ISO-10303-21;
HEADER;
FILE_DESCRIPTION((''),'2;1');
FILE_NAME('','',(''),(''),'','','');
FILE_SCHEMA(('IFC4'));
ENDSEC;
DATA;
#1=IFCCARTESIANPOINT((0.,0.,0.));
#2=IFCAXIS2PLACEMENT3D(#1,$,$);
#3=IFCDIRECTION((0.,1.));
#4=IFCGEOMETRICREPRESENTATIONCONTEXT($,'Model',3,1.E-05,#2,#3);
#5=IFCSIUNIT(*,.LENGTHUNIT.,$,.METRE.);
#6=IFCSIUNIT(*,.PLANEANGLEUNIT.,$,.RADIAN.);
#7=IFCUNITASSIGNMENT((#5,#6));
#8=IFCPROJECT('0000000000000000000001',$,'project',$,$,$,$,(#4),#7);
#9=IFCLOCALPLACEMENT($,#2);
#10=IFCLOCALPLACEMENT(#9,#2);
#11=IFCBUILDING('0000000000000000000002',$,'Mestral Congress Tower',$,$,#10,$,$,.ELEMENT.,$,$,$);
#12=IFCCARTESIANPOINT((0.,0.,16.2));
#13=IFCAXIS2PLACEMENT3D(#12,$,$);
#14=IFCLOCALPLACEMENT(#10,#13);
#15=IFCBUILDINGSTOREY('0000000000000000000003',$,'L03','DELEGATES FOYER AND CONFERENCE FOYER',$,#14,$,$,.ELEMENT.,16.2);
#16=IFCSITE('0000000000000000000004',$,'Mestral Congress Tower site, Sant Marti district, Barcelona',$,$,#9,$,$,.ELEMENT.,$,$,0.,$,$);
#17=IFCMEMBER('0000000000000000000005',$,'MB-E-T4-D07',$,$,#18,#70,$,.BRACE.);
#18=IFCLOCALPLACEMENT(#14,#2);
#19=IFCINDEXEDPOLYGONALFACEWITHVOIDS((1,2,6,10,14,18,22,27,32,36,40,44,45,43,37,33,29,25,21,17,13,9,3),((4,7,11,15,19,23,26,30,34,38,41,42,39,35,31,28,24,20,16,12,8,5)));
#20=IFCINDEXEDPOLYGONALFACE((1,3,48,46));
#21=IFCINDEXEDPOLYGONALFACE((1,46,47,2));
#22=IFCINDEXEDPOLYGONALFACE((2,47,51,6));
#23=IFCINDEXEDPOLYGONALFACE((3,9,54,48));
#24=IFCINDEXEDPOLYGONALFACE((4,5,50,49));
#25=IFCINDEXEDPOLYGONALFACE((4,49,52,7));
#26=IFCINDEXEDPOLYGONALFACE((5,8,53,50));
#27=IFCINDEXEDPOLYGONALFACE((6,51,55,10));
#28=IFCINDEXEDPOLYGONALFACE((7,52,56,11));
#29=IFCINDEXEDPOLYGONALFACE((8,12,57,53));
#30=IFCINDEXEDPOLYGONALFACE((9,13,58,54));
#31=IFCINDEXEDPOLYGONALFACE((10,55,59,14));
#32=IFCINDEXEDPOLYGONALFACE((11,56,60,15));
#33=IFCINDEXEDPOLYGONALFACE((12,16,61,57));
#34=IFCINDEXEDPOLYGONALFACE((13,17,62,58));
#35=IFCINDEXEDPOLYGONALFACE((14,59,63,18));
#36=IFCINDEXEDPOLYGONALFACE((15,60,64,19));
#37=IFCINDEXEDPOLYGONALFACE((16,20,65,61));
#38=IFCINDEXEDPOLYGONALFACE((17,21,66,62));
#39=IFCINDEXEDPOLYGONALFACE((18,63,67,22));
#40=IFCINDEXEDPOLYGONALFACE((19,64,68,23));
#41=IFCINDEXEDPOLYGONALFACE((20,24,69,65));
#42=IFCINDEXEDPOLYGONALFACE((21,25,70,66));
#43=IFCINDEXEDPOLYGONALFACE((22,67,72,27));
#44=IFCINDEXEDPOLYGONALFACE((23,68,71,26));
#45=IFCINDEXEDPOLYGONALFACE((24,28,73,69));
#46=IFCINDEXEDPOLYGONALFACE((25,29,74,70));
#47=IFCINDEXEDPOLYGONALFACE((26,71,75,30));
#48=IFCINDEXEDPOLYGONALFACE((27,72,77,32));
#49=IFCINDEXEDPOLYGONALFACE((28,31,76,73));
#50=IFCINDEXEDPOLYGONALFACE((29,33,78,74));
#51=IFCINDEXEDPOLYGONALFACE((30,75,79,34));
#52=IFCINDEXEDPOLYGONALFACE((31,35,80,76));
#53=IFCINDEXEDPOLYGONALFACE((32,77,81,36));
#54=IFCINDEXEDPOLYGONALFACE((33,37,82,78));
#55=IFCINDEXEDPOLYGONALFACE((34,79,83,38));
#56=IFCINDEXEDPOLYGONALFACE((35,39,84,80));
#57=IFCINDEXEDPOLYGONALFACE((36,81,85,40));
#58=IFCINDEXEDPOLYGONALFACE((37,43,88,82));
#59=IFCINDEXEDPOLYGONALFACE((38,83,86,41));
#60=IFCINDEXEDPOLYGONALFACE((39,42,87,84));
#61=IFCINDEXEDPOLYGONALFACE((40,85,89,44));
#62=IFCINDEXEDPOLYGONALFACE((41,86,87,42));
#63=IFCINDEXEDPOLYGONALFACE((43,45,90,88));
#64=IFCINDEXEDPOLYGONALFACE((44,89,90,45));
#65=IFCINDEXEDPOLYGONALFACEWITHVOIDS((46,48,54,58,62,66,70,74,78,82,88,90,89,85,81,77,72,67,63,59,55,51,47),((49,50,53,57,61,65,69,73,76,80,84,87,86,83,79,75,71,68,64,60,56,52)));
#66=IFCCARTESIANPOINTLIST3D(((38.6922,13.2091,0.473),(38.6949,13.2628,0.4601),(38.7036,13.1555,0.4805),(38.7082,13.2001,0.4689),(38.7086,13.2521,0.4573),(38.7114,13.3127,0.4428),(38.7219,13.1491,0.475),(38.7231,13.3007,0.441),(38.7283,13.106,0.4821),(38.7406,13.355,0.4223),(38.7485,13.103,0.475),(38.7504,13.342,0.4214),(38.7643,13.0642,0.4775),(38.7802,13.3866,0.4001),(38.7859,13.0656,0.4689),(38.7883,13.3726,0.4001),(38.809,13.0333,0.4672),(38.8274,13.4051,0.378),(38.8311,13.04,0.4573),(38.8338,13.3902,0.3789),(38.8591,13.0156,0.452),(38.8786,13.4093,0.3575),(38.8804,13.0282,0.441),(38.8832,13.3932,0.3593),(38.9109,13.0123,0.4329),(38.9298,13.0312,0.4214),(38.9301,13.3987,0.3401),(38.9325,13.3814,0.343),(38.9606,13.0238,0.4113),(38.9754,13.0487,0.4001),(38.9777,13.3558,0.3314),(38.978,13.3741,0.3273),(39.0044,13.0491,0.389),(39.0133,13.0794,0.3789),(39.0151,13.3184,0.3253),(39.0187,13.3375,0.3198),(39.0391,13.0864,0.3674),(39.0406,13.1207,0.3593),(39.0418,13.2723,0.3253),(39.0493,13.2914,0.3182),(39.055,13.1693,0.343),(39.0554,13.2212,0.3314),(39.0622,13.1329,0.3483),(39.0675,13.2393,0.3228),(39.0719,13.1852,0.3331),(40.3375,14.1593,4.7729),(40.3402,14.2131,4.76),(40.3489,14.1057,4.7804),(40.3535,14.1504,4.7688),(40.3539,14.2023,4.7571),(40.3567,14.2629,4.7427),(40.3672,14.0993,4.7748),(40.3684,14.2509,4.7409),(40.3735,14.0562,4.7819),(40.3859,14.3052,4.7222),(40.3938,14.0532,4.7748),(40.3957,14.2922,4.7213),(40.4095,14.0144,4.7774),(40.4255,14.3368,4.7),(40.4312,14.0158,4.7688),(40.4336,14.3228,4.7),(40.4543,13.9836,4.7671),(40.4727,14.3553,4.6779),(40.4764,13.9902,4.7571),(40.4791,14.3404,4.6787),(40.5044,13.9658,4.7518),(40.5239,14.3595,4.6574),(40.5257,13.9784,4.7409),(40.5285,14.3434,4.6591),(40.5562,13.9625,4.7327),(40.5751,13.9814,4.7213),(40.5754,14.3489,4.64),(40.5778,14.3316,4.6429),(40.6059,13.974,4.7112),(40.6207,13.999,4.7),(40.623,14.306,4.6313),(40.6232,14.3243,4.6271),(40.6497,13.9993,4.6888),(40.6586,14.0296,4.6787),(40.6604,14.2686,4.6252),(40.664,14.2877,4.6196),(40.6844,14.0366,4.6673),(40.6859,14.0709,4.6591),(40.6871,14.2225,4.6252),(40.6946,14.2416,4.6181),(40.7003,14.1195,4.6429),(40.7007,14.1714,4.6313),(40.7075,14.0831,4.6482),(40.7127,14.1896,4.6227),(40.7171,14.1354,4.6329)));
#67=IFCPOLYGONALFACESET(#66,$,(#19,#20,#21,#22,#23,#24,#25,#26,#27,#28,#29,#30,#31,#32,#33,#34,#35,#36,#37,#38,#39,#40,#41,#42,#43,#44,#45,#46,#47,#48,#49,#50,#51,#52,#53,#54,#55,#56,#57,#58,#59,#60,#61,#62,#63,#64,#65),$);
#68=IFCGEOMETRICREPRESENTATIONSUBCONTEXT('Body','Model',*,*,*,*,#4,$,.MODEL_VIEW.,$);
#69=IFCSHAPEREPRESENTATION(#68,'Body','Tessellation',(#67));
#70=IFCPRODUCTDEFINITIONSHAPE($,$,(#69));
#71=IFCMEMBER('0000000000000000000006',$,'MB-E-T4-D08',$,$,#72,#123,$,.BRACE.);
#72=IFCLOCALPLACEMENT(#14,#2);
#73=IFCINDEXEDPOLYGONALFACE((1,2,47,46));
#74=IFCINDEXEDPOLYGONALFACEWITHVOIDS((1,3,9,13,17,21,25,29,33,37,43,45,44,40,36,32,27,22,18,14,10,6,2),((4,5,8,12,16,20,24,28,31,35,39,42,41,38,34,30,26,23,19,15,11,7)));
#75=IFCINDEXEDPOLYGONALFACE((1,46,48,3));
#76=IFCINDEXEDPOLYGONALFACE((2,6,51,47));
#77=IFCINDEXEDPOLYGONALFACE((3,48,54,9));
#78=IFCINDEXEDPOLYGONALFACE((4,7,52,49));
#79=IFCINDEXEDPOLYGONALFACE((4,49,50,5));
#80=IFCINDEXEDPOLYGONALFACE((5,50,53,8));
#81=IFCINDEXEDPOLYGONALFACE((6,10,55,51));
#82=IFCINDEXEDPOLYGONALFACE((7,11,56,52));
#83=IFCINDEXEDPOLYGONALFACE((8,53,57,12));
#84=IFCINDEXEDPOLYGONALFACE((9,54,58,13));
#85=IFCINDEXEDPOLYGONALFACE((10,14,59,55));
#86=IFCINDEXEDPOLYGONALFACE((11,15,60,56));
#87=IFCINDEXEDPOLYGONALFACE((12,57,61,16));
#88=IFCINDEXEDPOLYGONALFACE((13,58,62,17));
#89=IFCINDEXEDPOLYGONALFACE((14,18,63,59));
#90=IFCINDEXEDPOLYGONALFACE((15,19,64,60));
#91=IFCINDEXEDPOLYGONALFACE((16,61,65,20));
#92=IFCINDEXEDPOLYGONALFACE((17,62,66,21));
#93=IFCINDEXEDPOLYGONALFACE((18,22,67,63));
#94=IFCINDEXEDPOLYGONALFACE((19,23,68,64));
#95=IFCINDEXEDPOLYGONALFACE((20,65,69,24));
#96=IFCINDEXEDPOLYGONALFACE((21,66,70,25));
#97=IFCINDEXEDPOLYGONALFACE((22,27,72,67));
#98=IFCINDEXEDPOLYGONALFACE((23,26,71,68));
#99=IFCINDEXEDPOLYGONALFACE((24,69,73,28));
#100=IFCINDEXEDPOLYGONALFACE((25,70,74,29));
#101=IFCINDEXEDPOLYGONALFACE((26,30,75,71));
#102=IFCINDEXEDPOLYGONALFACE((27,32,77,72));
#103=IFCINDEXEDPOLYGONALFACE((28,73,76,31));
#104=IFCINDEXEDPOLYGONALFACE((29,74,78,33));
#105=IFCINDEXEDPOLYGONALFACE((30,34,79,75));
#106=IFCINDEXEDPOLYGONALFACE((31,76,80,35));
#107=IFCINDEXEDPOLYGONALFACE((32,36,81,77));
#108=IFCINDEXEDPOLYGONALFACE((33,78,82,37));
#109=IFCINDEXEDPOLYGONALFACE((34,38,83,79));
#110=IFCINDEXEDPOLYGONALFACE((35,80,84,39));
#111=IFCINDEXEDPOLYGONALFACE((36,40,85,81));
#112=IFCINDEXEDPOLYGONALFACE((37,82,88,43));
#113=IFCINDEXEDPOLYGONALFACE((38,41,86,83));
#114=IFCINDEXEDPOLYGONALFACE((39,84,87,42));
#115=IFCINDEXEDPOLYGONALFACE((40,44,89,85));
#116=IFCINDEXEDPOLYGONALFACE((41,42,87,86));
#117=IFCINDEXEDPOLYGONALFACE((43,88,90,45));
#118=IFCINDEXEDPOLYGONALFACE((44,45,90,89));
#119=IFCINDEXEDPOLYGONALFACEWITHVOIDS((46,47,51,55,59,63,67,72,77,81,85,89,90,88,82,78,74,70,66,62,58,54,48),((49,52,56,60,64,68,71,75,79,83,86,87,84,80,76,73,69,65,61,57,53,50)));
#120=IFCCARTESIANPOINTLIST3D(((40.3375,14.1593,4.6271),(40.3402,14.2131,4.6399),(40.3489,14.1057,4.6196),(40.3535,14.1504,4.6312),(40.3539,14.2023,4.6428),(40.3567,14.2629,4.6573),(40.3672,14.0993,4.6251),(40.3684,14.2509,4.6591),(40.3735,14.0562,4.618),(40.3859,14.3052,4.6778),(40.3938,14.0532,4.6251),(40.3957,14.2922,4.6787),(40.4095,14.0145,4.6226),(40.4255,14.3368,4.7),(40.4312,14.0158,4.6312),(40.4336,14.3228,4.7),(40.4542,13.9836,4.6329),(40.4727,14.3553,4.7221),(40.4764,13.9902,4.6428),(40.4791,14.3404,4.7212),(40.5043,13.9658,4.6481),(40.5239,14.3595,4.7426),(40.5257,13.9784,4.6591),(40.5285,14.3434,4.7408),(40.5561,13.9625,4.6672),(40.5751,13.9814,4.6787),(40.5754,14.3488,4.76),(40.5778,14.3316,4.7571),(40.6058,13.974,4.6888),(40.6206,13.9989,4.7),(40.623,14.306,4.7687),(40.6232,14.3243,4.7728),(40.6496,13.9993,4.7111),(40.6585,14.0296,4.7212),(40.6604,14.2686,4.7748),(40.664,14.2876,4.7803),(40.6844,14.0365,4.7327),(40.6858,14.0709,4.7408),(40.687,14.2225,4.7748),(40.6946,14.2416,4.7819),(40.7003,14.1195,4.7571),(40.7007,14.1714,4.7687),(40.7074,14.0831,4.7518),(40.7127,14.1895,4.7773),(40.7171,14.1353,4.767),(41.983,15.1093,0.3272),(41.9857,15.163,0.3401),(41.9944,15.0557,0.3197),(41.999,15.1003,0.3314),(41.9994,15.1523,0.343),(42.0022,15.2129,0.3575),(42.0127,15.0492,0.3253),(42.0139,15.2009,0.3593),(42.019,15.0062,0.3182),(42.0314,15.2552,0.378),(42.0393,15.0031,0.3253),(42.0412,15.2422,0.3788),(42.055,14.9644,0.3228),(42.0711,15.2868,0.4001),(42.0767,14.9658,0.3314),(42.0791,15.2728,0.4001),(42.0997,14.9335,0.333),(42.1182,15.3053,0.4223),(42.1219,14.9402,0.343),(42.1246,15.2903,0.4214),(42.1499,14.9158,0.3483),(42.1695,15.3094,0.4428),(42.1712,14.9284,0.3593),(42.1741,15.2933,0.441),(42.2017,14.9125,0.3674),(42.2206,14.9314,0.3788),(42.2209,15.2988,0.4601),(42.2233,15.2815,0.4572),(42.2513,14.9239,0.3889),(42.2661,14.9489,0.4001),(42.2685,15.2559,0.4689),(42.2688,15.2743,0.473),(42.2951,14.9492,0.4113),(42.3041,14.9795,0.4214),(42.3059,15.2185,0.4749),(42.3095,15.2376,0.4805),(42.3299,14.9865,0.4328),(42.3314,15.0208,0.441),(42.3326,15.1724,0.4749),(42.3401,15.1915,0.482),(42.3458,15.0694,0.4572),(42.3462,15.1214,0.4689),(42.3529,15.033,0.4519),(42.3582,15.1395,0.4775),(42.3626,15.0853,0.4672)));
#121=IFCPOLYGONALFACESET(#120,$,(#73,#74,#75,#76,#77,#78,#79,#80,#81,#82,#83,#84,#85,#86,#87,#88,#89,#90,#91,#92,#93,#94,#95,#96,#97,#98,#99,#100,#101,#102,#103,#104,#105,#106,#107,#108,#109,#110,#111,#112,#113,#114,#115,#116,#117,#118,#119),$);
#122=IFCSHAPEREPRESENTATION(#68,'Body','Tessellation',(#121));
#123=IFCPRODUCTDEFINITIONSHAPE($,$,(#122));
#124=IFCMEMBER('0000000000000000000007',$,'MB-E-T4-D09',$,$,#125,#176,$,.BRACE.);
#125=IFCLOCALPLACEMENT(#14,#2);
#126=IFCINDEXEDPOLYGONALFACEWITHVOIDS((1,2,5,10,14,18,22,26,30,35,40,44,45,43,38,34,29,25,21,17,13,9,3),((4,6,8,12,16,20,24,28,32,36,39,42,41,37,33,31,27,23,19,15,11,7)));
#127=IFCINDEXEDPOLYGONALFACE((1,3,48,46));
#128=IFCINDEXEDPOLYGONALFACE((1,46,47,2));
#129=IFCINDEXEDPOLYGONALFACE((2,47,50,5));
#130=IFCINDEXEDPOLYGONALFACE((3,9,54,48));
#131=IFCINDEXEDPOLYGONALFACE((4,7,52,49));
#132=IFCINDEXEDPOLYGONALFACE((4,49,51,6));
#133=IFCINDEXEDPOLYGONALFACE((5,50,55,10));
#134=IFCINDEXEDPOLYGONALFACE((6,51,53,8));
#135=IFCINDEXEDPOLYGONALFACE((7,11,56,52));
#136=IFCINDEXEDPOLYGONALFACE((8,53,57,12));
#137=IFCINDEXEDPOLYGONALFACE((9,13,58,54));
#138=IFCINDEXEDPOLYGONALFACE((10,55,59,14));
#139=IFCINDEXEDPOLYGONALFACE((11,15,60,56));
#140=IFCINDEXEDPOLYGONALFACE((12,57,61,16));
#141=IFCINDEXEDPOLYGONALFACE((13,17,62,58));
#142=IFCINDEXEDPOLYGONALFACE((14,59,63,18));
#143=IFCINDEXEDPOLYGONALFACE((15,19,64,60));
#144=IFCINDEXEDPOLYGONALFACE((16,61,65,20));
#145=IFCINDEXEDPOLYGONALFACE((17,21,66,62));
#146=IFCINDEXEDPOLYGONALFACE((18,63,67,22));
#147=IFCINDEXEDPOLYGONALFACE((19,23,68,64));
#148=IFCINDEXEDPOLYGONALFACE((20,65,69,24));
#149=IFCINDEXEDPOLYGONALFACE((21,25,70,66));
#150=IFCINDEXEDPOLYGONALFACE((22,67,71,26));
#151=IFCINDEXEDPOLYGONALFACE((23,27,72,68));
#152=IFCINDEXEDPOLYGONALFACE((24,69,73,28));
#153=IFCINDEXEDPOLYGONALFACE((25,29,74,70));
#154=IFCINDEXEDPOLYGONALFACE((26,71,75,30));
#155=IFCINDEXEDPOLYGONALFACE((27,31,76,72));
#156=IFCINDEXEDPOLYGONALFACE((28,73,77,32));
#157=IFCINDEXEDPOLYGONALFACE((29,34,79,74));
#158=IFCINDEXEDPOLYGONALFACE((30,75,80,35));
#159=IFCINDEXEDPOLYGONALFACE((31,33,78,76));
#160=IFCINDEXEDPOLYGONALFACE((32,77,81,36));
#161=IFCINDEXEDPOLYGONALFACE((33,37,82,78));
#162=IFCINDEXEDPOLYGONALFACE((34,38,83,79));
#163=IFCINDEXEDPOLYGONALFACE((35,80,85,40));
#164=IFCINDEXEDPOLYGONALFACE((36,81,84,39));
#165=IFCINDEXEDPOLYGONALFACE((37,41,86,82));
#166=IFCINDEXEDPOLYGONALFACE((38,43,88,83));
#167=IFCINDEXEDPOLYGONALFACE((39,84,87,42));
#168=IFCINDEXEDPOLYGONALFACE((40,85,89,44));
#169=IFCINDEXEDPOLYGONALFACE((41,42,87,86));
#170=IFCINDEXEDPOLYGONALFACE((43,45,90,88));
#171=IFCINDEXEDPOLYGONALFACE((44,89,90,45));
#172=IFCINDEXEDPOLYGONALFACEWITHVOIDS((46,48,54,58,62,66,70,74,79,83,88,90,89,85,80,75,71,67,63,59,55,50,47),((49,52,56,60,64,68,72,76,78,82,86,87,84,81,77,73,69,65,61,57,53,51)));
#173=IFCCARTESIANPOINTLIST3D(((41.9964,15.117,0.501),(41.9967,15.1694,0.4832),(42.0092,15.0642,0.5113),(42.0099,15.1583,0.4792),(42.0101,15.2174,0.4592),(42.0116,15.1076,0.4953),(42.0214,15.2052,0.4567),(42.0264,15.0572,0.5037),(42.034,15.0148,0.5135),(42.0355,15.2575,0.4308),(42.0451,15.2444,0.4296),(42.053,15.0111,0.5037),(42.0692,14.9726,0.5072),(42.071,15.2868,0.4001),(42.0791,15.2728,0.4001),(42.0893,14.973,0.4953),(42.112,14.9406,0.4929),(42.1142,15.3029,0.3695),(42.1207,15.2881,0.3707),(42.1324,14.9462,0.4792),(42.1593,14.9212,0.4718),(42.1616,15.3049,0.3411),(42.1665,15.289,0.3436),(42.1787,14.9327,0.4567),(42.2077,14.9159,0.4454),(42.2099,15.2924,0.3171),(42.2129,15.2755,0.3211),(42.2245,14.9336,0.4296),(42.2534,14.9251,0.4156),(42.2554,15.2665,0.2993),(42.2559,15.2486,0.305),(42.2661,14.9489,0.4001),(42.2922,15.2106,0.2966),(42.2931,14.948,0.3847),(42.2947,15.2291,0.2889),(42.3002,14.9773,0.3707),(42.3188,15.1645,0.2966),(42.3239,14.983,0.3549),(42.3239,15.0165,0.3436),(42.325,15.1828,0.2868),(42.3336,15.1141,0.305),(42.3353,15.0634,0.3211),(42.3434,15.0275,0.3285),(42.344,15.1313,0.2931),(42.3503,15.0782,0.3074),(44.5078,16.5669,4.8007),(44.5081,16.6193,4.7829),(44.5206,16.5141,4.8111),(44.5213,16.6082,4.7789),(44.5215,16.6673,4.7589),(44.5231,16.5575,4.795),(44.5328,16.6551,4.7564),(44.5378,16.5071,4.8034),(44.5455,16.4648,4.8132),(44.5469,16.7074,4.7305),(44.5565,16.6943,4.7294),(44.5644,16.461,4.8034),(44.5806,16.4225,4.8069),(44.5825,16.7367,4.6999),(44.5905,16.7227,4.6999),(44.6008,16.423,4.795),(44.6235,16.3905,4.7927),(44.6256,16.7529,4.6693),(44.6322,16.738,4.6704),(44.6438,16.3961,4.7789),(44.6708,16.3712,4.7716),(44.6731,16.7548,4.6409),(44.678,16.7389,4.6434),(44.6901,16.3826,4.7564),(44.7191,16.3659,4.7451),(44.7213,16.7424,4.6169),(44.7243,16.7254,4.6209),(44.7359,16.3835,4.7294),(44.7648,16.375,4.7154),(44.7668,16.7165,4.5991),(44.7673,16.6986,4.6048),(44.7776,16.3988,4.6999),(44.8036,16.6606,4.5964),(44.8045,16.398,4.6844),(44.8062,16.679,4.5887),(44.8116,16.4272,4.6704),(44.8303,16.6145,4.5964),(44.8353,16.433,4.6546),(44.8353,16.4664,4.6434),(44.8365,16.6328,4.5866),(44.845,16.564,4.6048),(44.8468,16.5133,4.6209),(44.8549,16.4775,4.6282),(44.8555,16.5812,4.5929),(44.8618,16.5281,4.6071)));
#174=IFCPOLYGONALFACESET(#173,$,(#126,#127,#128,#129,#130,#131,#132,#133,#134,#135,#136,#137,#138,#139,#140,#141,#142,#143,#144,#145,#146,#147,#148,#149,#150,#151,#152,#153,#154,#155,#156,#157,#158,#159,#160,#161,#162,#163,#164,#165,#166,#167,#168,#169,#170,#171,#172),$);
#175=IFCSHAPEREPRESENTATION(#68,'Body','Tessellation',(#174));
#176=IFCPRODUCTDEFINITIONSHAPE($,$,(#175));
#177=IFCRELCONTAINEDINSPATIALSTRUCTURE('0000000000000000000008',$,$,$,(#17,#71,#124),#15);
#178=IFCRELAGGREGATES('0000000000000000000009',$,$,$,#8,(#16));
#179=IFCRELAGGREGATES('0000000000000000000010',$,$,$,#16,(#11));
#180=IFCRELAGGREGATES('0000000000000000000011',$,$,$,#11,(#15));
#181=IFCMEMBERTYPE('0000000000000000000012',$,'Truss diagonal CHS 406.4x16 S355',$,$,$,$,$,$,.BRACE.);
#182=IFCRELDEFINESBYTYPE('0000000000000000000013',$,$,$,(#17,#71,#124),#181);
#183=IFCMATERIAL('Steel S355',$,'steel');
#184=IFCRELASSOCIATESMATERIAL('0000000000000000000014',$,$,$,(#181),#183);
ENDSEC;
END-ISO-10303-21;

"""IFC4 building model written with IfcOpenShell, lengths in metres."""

from ifc_helpers import new_model, si_unit, direction, frame, origin, origin_2d, place, context, subcontext, project, spatial, hollow_circle, extrude, material, material_profile, profile_set, type_object, element, save


model = new_model("IFC4")

# Units and contexts
model_context = context("Model", 3, precision=1e-05, world=origin(), true_north=direction((0.0, 1.0)))
body_context = subcontext(model_context, "Body", "Model", "MODEL_VIEW")
ifc_project = project(units=[si_unit("LENGTHUNIT", "METRE"), si_unit("PLANEANGLEUNIT", "RADIAN")], contexts=[model_context])

# Site, building, storey
site_placement = place(None, origin())
site = spatial("IfcSite", under=ifc_project, at=site_placement, Name="Mestral Congress Tower site, Sant Marti district, Barcelona", CompositionType="ELEMENT", RefElevation=0.0)
building_placement = place(site_placement, origin())
building = spatial("IfcBuilding", under=site, at=building_placement, Name="Mestral Congress Tower", CompositionType="ELEMENT")
storey_placement = place(building_placement, frame((0.0, 0.0, 16.2)))
storey = spatial("IfcBuildingStorey", under=building, at=storey_placement, Name="L03", Description="DELEGATES FOYER AND CONFERENCE FOYER", CompositionType="ELEMENT", Elevation=16.2)

# Members
ifc_material = material(Name="Steel S355", Category="steel")
ifc_material_profile_1 = material_profile(ifc_material, hollow_circle(Radius=0.2031, WallThickness=0.0161, at=origin_2d()), Name="CHS 406.4x16")
ifc_profile_set_1 = profile_set([ifc_material_profile_1], Name="Steel S355")
member_type_1 = type_object("IfcMemberType", Name="Truss diagonal CHS 406.4x16 S355", PredefinedType="BRACE", material=ifc_profile_set_1)
for number, where, z_axis, x_axis, name in (
    (1, (38.8818, 13.2107, 0.4001), (0.349992, 0.202132, 0.914685), (-0.500119, 0.865957, 0.0), "MB-E-T4-D07"),
    (2, (40.5271, 14.1609, 4.7), (0.350041, 0.202079, -0.914678), (-0.499967, 0.866044, 0.0), "MB-E-T4-D08"),
):
    element("IfcMember", number, at=place(storey_placement, frame(where, z_axis=z_axis, x_axis=x_axis)), inside=storey, type_object=member_type_1, Name=name, PredefinedType="BRACE", context=body_context, shape_type="SweptSolid", body=[
        extrude(hollow_circle(Radius=0.2031, WallThickness=0.0161, at=origin_2d()), origin(), (0.0, 0.0, 1.0), 4.7009),
    ])
member_1_placement = place(storey_placement, frame((42.1726, 15.1108, 0.4001), z_axis=(0.484247, 0.279571, 0.829062), x_axis=(-0.499987, 0.866033, 0.0)))
element("IfcMember", 3, at=member_1_placement, inside=storey, type_object=member_type_1, Name="MB-E-T4-D09", PredefinedType="BRACE", context=body_context, shape_type="SweptSolid", body=[
    extrude(hollow_circle(Radius=0.2031, WallThickness=0.0161, at=origin_2d()), origin(), (0.0, 0.0, 1.0), 5.1863),
])

save(model, "model.ifc")
